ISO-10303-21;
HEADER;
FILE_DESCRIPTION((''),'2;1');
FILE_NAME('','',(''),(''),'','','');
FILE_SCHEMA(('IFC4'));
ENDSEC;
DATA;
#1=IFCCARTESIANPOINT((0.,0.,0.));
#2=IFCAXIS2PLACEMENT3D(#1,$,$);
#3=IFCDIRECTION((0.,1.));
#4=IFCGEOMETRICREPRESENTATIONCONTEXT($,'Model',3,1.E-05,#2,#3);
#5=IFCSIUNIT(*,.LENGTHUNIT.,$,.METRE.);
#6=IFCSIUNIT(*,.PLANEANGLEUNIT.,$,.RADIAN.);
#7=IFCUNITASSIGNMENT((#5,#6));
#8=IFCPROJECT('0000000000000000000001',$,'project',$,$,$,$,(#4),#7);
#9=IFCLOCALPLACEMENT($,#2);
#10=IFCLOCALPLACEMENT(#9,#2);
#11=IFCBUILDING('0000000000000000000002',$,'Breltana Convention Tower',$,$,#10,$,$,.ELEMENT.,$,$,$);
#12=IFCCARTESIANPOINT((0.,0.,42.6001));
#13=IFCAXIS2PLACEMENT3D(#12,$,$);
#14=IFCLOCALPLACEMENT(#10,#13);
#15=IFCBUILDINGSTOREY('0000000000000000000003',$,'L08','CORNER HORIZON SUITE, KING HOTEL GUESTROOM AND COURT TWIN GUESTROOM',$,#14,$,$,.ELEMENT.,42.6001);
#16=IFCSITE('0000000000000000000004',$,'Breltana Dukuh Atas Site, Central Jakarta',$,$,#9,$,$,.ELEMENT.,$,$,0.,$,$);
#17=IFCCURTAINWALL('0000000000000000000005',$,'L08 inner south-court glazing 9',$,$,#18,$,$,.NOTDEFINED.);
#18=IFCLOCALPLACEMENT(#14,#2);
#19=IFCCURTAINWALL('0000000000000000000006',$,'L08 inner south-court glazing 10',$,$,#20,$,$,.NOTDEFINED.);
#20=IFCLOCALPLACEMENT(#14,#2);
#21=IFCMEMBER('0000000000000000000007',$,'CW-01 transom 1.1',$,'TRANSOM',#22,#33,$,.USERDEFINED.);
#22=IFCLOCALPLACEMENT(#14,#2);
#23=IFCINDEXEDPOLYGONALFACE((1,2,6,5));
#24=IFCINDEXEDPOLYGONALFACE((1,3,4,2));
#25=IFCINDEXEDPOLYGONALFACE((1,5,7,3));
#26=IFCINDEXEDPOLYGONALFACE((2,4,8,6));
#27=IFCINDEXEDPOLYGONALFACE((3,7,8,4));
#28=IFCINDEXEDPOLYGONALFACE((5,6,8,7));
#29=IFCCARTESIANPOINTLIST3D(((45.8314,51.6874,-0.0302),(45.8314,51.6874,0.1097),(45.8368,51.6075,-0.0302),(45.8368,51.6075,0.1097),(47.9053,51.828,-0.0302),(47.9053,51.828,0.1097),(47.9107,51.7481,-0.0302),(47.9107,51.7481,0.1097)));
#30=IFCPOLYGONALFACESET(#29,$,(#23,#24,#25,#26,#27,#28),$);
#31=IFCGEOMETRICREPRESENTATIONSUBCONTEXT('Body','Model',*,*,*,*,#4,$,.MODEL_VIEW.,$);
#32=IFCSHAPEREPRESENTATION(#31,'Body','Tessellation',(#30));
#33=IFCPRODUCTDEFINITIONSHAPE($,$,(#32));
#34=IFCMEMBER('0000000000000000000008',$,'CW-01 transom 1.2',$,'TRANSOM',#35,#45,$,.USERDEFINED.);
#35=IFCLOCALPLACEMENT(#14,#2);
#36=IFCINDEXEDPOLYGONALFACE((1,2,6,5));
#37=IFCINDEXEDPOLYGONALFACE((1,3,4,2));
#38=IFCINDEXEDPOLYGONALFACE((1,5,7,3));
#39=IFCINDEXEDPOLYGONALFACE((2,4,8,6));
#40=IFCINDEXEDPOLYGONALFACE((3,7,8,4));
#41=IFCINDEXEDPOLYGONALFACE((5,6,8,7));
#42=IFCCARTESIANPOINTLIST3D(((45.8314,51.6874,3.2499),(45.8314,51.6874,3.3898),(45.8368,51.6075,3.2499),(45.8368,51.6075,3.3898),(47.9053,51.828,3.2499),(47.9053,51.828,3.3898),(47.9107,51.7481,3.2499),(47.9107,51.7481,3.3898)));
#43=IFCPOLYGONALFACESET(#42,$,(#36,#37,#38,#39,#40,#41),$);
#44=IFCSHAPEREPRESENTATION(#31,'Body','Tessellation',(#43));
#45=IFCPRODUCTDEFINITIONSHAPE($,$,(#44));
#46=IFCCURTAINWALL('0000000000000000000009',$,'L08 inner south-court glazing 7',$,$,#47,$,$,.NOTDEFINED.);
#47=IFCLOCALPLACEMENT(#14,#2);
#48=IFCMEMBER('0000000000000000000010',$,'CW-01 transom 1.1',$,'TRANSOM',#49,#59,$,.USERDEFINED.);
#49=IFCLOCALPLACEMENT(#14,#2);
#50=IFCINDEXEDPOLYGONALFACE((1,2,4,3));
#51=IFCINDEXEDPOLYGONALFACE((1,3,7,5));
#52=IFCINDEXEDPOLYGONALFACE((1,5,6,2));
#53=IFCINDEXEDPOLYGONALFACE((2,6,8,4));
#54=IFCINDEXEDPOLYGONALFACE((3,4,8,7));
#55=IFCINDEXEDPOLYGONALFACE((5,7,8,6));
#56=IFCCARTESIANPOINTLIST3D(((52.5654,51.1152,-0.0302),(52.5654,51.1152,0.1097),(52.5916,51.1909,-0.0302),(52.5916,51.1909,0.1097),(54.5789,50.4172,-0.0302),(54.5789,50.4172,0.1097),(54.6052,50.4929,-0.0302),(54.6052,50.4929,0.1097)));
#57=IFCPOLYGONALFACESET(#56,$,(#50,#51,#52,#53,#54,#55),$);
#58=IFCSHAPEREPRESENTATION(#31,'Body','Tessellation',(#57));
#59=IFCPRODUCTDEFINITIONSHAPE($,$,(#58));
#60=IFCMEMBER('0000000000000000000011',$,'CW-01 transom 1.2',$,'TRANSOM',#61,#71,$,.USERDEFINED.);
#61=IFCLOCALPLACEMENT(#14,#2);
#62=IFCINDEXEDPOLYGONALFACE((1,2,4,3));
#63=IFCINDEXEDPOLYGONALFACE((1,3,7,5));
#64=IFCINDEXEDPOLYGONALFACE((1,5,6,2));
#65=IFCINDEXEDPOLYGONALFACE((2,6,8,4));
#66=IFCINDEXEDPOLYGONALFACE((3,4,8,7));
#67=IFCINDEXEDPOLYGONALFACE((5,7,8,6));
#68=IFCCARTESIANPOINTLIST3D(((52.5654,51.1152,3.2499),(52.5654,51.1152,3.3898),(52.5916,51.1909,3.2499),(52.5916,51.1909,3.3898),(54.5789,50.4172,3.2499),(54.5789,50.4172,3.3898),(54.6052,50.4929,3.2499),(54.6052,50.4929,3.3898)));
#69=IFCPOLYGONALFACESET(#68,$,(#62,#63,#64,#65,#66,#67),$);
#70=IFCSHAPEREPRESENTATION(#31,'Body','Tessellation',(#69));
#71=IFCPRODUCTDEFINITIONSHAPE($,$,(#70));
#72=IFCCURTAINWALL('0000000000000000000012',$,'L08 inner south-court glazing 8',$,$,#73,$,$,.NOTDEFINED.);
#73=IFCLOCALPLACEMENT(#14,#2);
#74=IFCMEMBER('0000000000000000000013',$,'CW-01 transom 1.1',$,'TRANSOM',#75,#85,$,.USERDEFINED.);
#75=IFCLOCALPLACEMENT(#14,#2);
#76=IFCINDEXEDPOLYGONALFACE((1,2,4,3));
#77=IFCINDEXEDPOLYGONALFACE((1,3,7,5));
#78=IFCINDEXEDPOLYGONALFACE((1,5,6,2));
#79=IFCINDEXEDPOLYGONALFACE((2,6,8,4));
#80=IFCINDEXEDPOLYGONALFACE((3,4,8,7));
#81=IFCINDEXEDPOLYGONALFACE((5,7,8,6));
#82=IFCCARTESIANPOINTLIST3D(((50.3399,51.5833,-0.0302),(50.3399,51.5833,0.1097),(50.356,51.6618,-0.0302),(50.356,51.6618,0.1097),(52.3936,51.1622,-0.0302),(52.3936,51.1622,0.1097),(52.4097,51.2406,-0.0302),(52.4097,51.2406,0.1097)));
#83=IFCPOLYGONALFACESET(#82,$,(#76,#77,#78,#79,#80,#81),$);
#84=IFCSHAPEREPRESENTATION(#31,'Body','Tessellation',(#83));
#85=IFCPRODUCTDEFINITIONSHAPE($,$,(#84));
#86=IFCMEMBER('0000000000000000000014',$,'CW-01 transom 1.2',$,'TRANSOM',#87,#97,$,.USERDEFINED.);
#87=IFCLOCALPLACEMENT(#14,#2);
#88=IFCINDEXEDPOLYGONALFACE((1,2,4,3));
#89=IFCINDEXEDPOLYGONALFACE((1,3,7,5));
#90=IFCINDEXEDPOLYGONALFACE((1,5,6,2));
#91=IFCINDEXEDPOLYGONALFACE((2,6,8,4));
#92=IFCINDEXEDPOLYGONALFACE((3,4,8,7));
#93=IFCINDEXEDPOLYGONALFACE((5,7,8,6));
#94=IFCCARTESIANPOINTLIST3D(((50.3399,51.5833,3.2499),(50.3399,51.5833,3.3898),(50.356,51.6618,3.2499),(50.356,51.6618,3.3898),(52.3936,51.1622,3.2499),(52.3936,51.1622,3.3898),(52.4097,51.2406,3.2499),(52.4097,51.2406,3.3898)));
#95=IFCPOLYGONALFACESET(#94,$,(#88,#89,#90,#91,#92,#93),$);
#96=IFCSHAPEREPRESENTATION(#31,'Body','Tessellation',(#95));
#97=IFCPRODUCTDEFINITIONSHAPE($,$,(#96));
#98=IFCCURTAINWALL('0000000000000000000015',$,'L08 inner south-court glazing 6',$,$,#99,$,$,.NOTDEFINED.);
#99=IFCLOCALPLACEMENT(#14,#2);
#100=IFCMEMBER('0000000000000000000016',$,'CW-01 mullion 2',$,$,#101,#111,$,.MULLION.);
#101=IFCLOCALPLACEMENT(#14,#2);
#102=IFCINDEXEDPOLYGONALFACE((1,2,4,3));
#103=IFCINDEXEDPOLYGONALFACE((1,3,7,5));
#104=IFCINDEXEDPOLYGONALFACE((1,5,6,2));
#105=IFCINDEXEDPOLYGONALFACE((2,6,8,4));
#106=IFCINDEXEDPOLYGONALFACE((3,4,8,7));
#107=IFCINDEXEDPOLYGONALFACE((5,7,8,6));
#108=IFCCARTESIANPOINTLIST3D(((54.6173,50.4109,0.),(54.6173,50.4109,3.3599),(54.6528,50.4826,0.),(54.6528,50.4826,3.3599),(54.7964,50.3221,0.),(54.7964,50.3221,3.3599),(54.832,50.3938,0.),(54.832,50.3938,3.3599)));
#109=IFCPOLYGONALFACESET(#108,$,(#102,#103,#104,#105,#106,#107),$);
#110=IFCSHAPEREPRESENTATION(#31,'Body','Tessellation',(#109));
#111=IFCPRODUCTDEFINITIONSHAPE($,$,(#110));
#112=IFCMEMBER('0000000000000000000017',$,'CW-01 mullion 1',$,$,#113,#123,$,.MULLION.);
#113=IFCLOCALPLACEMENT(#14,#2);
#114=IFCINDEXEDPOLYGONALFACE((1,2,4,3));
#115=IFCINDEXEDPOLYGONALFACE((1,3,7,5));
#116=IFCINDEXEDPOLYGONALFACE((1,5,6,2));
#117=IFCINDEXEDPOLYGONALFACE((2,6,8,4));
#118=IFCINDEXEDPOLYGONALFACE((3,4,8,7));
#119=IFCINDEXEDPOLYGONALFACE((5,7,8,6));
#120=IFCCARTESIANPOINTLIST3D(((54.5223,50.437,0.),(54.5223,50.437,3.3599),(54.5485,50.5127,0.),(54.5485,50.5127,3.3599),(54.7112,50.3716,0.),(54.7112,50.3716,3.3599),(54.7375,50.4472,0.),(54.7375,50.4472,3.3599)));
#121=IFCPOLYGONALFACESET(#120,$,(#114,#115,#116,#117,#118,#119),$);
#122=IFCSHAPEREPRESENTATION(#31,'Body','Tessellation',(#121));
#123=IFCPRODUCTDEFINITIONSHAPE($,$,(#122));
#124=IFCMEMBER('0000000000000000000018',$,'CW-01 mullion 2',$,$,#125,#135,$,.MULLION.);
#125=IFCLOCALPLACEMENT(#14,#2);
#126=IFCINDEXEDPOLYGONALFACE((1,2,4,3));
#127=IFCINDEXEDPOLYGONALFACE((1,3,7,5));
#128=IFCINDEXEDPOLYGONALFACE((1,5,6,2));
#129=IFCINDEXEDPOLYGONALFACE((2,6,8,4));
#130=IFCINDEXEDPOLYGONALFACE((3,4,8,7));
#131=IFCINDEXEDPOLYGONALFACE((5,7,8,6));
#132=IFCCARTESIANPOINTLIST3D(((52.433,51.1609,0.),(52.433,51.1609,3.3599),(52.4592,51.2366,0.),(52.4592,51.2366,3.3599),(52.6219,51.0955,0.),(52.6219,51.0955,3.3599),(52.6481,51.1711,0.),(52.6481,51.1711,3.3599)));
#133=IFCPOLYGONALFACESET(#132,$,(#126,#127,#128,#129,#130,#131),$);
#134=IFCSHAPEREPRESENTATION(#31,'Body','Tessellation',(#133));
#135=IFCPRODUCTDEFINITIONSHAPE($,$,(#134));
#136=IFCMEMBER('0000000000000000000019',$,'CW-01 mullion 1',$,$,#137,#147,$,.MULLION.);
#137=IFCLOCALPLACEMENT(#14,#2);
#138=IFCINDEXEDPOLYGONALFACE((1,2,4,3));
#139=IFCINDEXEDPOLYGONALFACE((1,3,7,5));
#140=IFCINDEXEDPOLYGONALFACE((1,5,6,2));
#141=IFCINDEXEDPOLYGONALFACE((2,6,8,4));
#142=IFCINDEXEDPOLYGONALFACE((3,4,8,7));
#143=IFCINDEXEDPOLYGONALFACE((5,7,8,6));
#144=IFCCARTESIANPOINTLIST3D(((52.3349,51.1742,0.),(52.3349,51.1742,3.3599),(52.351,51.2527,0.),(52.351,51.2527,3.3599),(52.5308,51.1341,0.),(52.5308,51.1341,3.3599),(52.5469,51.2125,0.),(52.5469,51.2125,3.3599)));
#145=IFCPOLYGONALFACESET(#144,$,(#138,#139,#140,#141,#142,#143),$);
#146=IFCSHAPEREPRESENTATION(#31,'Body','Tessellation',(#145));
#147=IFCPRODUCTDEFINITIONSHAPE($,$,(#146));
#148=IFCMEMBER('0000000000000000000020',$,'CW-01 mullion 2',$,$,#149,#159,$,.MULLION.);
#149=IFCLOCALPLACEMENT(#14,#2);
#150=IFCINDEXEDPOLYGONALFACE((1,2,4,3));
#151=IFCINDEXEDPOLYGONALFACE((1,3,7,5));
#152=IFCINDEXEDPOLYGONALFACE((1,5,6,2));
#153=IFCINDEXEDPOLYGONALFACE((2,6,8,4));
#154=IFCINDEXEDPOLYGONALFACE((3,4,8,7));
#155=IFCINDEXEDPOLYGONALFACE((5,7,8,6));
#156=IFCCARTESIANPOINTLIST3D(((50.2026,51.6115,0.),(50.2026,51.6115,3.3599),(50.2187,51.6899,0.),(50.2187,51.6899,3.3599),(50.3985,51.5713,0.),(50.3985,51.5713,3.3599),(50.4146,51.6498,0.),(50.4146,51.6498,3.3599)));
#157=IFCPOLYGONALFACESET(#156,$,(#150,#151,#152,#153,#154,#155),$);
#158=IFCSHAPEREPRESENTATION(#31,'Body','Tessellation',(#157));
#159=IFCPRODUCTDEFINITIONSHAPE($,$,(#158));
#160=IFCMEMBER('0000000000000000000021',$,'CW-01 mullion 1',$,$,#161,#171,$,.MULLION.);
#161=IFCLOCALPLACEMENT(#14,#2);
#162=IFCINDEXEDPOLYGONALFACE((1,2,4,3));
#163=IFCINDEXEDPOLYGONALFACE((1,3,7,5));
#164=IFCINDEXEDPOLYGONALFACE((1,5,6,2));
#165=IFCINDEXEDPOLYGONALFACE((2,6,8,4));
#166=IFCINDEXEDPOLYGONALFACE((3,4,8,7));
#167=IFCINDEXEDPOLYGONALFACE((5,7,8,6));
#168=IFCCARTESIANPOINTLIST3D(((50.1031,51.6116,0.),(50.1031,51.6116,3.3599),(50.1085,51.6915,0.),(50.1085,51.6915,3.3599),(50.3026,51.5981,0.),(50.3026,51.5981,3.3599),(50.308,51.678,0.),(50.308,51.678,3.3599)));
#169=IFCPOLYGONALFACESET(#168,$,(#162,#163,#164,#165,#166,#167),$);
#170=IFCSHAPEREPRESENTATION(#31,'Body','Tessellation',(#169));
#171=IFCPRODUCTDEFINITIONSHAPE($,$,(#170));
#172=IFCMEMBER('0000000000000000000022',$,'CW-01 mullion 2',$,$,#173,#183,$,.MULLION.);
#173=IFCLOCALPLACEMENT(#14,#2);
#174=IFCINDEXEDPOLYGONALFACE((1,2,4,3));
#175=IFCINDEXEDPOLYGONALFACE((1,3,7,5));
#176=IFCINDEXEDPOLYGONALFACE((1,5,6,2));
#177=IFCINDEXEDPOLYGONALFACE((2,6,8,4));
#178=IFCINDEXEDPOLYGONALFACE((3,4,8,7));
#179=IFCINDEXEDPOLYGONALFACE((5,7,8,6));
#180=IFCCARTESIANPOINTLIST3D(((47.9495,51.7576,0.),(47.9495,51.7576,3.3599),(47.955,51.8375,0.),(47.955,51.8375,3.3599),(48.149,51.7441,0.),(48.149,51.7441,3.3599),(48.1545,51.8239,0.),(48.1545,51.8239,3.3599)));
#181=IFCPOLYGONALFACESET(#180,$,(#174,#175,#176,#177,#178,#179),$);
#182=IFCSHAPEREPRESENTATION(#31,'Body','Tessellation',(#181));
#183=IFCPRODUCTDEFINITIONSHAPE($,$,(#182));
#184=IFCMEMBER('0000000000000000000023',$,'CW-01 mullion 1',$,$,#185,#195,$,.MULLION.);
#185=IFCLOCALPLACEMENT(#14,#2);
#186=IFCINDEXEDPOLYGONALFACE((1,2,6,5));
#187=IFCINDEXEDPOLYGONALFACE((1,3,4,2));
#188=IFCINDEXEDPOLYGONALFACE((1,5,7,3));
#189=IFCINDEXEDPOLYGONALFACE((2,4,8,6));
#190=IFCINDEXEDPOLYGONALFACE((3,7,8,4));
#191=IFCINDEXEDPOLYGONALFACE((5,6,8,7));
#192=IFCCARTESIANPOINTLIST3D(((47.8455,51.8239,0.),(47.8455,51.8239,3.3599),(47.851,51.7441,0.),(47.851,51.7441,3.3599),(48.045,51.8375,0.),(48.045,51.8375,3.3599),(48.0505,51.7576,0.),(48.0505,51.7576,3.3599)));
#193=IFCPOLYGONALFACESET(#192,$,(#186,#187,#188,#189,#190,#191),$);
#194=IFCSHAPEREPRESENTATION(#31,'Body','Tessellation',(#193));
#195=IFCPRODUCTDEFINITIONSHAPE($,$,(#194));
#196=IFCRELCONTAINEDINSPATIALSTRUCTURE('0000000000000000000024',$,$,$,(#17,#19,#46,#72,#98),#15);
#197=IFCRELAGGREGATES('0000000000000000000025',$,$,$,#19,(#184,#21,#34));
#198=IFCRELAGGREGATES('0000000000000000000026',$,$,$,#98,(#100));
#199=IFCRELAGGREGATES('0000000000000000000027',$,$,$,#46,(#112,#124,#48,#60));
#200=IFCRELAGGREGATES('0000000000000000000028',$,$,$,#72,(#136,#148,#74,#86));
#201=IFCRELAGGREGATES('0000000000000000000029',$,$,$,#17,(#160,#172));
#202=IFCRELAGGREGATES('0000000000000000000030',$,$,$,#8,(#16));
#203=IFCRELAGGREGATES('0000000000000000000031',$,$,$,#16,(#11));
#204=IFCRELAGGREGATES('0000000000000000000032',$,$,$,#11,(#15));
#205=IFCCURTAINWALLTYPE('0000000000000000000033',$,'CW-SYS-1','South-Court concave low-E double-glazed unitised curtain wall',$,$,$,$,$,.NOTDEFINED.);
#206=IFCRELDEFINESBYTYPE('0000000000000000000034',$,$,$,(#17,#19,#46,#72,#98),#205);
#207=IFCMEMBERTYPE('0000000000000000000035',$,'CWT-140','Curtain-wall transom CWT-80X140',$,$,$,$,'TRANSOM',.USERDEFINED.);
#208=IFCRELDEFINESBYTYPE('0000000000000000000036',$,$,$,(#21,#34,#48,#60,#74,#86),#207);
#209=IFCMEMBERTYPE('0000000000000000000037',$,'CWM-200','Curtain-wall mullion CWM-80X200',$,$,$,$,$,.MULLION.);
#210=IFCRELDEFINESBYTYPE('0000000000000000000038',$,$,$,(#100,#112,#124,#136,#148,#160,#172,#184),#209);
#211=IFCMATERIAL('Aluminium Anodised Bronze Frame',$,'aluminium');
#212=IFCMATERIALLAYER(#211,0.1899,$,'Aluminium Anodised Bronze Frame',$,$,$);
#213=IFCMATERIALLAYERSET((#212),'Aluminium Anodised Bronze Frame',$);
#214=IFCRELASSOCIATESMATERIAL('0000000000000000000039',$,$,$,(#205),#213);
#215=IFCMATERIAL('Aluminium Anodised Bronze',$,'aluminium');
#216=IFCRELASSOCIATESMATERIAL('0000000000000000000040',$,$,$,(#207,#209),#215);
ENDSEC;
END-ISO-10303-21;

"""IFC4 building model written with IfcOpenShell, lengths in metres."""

from ifc_helpers import new_model, si_unit, direction, frame, origin, origin_2d, place, context, subcontext, project, spatial, rectangle, extrude, source, transform, mapped, material, layer, layer_set, material_profile, profile_set, type_object, element, aggregate, save


model = new_model("IFC4")

# Units and contexts
model_context = context("Model", 3, precision=1e-05, world=origin(), true_north=direction((0.0, 1.0)))
body_context = subcontext(model_context, "Body", "Model", "MODEL_VIEW")
ifc_project = project(units=[si_unit("LENGTHUNIT", "METRE"), si_unit("PLANEANGLEUNIT", "RADIAN")], contexts=[model_context])

# Site, building, storey
site_placement = place(None, origin())
site = spatial("IfcSite", under=ifc_project, at=site_placement, Name="Breltana Dukuh Atas Site, Central Jakarta", CompositionType="ELEMENT", RefElevation=0.0)
building_placement = place(site_placement, origin())
building = spatial("IfcBuilding", under=site, at=building_placement, Name="Breltana Convention Tower", CompositionType="ELEMENT")
storey_placement = place(building_placement, frame((0.0, 0.0, 42.6001)))
storey = spatial("IfcBuildingStorey", under=building, at=storey_placement, Name="L08", Description="CORNER HORIZON SUITE, KING HOTEL GUESTROOM AND COURT TWIN GUESTROOM", CompositionType="ELEMENT", Elevation=42.6001)

# Curtain walls, members
ifc_material_1 = material(Name="Aluminium Anodised Bronze Frame", Category="aluminium")
ifc_layer_1 = layer(ifc_material_1, 0.1899, Name="Aluminium Anodised Bronze Frame")
ifc_layer_set_1 = layer_set([ifc_layer_1], Name="Aluminium Anodised Bronze Frame")
curtain_wall_type = type_object("IfcCurtainWallType", Name="CW-SYS-1", Description="South-Court concave low-E double-glazed unitised curtain wall", PredefinedType="NOTDEFINED", material=ifc_layer_set_1)
curtain_wall_1_placement = place(storey_placement, origin())
curtain_wall_1 = element("IfcCurtainWall", 1, at=curtain_wall_1_placement, inside=storey, type_object=curtain_wall_type, Name="L08 inner south-court glazing 9", PredefinedType="NOTDEFINED")
ifc_material_2 = material(Name="Aluminium Anodised Bronze", Category="aluminium")
ifc_material_profile_1 = material_profile(ifc_material_2, rectangle(XDim=0.0801, YDim=0.1399, at=origin_2d()), Name="CWT-80X140")
ifc_profile_set_1 = profile_set([ifc_material_profile_1], Name="Aluminium Anodised Bronze")
member_type_1 = type_object("IfcMemberType", Name="CWT-140", Description="Curtain-wall transom CWT-80X140", ElementType="TRANSOM", PredefinedType="USERDEFINED", material=ifc_profile_set_1)
shared_shape_1 = source(origin(), body_context, "Body", "SweptSolid", [
    extrude(rectangle(XDim=0.0801, YDim=0.1399, at=origin_2d()), origin(), (0.0, 0.0, 1.0), 2.0786),
])
curtain_wall_2_placement = place(storey_placement, origin())
curtain_wall_2 = element("IfcCurtainWall", 2, at=curtain_wall_2_placement, inside=storey, type_object=curtain_wall_type, Name="L08 inner south-court glazing 10", PredefinedType="NOTDEFINED")
member_1_placement = place(storey_placement, frame((47.908, 51.7881, 0.0398), z_axis=(-0.997709, -0.067657, 0.0), x_axis=(0.067657, -0.997709, 0.0)))
member_1 = element("IfcMember", 3, at=member_1_placement, type_object=member_type_1, Name="CW-01 transom 1.1", ObjectType="TRANSOM", PredefinedType="USERDEFINED", context=body_context, shape_type="MappedRepresentation", body=[
    mapped(shared_shape_1, transform((0.0, 0.0, 0.0), scale=1.0)),
])
member_2_placement = place(storey_placement, frame((47.908, 51.7881, 3.3198), z_axis=(-0.997709, -0.067657, 0.0), x_axis=(0.067657, -0.997709, 0.0)))
member_2 = element("IfcMember", 4, at=member_2_placement, type_object=member_type_1, Name="CW-01 transom 1.2", ObjectType="TRANSOM", PredefinedType="USERDEFINED", context=body_context, shape_type="MappedRepresentation", body=[
    mapped(shared_shape_1, transform((0.0, 0.0, 0.0), scale=1.0)),
])
curtain_wall_3_placement = place(storey_placement, origin())
curtain_wall_3 = element("IfcCurtainWall", 5, at=curtain_wall_3_placement, inside=storey, type_object=curtain_wall_type, Name="L08 inner south-court glazing 7", PredefinedType="NOTDEFINED")
shared_shape_2 = source(origin(), body_context, "Body", "SweptSolid", [
    extrude(rectangle(XDim=0.0801, YDim=0.1399, at=origin_2d()), origin(), (0.0, 0.0, 1.0), 2.1311),
])
member_3_placement = place(storey_placement, frame((54.592, 50.4551, 0.0398), z_axis=(-0.944847, 0.327512, 0.0), x_axis=(-0.327512, -0.944847, 0.0)))
member_3 = element("IfcMember", 6, at=member_3_placement, type_object=member_type_1, Name="CW-01 transom 1.1", ObjectType="TRANSOM", PredefinedType="USERDEFINED", context=body_context, shape_type="MappedRepresentation", body=[
    mapped(shared_shape_2, transform((0.0, 0.0, 0.0), scale=1.0)),
])
member_4_placement = place(storey_placement, frame((54.592, 50.4551, 3.3198), z_axis=(-0.944847, 0.327512, 0.0), x_axis=(-0.327512, -0.944847, 0.0)))
member_4 = element("IfcMember", 7, at=member_4_placement, type_object=member_type_1, Name="CW-01 transom 1.2", ObjectType="TRANSOM", PredefinedType="USERDEFINED", context=body_context, shape_type="MappedRepresentation", body=[
    mapped(shared_shape_2, transform((0.0, 0.0, 0.0), scale=1.0)),
])
curtain_wall_4_placement = place(storey_placement, origin())
curtain_wall_4 = element("IfcCurtainWall", 8, at=curtain_wall_4_placement, inside=storey, type_object=curtain_wall_type, Name="L08 inner south-court glazing 8", PredefinedType="NOTDEFINED")
shared_shape_3 = source(origin(), body_context, "Body", "SweptSolid", [
    extrude(rectangle(XDim=0.0801, YDim=0.1399, at=origin_2d()), origin(), (0.0, 0.0, 1.0), 2.0964),
])
member_5_placement = place(storey_placement, frame((52.4016, 51.2014, 0.0398), z_axis=(-0.979615, 0.200884, 0.0), x_axis=(-0.200884, -0.979615, 0.0)))
member_5 = element("IfcMember", 9, at=member_5_placement, type_object=member_type_1, Name="CW-01 transom 1.1", ObjectType="TRANSOM", PredefinedType="USERDEFINED", context=body_context, shape_type="MappedRepresentation", body=[
    mapped(shared_shape_3, transform((0.0, 0.0, 0.0), scale=1.0)),
])
member_6_placement = place(storey_placement, frame((52.4016, 51.2014, 3.3198), z_axis=(-0.979615, 0.200884, 0.0), x_axis=(-0.200884, -0.979615, 0.0)))
member_6 = element("IfcMember", 10, at=member_6_placement, type_object=member_type_1, Name="CW-01 transom 1.2", ObjectType="TRANSOM", PredefinedType="USERDEFINED", context=body_context, shape_type="MappedRepresentation", body=[
    mapped(shared_shape_3, transform((0.0, 0.0, 0.0), scale=1.0)),
])

# Curtain wall, member
curtain_wall_5_placement = place(storey_placement, origin())
curtain_wall_5 = element("IfcCurtainWall", 11, at=curtain_wall_5_placement, inside=storey, type_object=curtain_wall_type, Name="L08 inner south-court glazing 6", PredefinedType="NOTDEFINED")
ifc_material_profile_2 = material_profile(ifc_material_2, rectangle(XDim=0.0801, YDim=0.2, at=origin_2d()), Name="CWM-80X200")
ifc_profile_set_2 = profile_set([ifc_material_profile_2], Name="Aluminium Anodised Bronze")
member_type_2 = type_object("IfcMemberType", Name="CWM-200", Description="Curtain-wall mullion CWM-80X200", PredefinedType="MULLION", material=ifc_profile_set_2)
shared_shape_4 = source(origin(), body_context, "Body", "SweptSolid", [
    extrude(rectangle(XDim=0.0801, YDim=0.2, at=origin_2d()), origin(), (0.0, 0.0, 1.0), 3.3599),
])
member_7_placement = place(storey_placement, frame((54.7246, 50.4023, 0.0), z_axis=(0.0, 0.0, 1.0), x_axis=(-0.444118, -0.895968, 0.0)))
member_7 = element("IfcMember", 12, at=member_7_placement, type_object=member_type_2, Name="CW-01 mullion 2", PredefinedType="MULLION", context=body_context, shape_type="MappedRepresentation", body=[
    mapped(shared_shape_4, transform((0.0, 0.0, 0.0), scale=1.0)),
])

# Members
member_8_placement = place(storey_placement, frame((54.6299, 50.4421, 0.0), z_axis=(0.0, 0.0, 1.0), x_axis=(-0.327413, -0.944881, 0.0)))
member_8 = element("IfcMember", 13, at=member_8_placement, type_object=member_type_2, Name="CW-01 mullion 1", PredefinedType="MULLION", context=body_context, shape_type="MappedRepresentation", body=[
    mapped(shared_shape_4, transform((0.0, 0.0, 0.0), scale=1.0)),
])
member_9_placement = place(storey_placement, frame((52.5405, 51.166, 0.0), z_axis=(0.0, 0.0, 1.0), x_axis=(-0.327413, -0.944881, 0.0)))
member_9 = element("IfcMember", 14, at=member_9_placement, type_object=member_type_2, Name="CW-01 mullion 2", PredefinedType="MULLION", context=body_context, shape_type="MappedRepresentation", body=[
    mapped(shared_shape_4, transform((0.0, 0.0, 0.0), scale=1.0)),
])
member_10_placement = place(storey_placement, frame((52.4409, 51.1934, 0.0), z_axis=(0.0, 0.0, 1.0), x_axis=(-0.200886, -0.979615, 0.0)))
member_10 = element("IfcMember", 15, at=member_10_placement, type_object=member_type_2, Name="CW-01 mullion 1", PredefinedType="MULLION", context=body_context, shape_type="MappedRepresentation", body=[
    mapped(shared_shape_4, transform((0.0, 0.0, 0.0), scale=1.0)),
])
member_11_placement = place(storey_placement, frame((50.3086, 51.6306, 0.0), z_axis=(0.0, 0.0, 1.0), x_axis=(-0.200886, -0.979615, 0.0)))
member_11 = element("IfcMember", 16, at=member_11_placement, type_object=member_type_2, Name="CW-01 mullion 2", PredefinedType="MULLION", context=body_context, shape_type="MappedRepresentation", body=[
    mapped(shared_shape_4, transform((0.0, 0.0, 0.0), scale=1.0)),
])
member_12_placement = place(storey_placement, frame((50.2056, 51.6448, 0.0), z_axis=(0.0, 0.0, 1.0), x_axis=(-0.067726, -0.997704, 0.0)))
member_12 = element("IfcMember", 17, at=member_12_placement, type_object=member_type_2, Name="CW-01 mullion 1", PredefinedType="MULLION", context=body_context, shape_type="MappedRepresentation", body=[
    mapped(shared_shape_4, transform((0.0, 0.0, 0.0), scale=1.0)),
])
member_13_placement = place(storey_placement, frame((48.052, 51.7908, 0.0), z_axis=(0.0, 0.0, 1.0), x_axis=(-0.067726, -0.997704, 0.0)))
member_13 = element("IfcMember", 18, at=member_13_placement, type_object=member_type_2, Name="CW-01 mullion 2", PredefinedType="MULLION", context=body_context, shape_type="MappedRepresentation", body=[
    mapped(shared_shape_4, transform((0.0, 0.0, 0.0), scale=1.0)),
])
member_14_placement = place(storey_placement, frame((47.948, 51.7908, 0.0), z_axis=(0.0, 0.0, 1.0), x_axis=(0.067726, -0.997704, 0.0)))
member_14 = element("IfcMember", 19, at=member_14_placement, type_object=member_type_2, Name="CW-01 mullion 1", PredefinedType="MULLION", context=body_context, shape_type="MappedRepresentation", body=[
    mapped(shared_shape_4, transform((0.0, 0.0, 0.0), scale=1.0)),
])
aggregate(curtain_wall_2, [member_14, member_1, member_2])

aggregate(curtain_wall_5, [member_7])
aggregate(curtain_wall_3, [member_8, member_9, member_3, member_4])
aggregate(curtain_wall_4, [member_10, member_11, member_5, member_6])
aggregate(curtain_wall_1, [member_12, member_13])

save(model, "model.ifc")
